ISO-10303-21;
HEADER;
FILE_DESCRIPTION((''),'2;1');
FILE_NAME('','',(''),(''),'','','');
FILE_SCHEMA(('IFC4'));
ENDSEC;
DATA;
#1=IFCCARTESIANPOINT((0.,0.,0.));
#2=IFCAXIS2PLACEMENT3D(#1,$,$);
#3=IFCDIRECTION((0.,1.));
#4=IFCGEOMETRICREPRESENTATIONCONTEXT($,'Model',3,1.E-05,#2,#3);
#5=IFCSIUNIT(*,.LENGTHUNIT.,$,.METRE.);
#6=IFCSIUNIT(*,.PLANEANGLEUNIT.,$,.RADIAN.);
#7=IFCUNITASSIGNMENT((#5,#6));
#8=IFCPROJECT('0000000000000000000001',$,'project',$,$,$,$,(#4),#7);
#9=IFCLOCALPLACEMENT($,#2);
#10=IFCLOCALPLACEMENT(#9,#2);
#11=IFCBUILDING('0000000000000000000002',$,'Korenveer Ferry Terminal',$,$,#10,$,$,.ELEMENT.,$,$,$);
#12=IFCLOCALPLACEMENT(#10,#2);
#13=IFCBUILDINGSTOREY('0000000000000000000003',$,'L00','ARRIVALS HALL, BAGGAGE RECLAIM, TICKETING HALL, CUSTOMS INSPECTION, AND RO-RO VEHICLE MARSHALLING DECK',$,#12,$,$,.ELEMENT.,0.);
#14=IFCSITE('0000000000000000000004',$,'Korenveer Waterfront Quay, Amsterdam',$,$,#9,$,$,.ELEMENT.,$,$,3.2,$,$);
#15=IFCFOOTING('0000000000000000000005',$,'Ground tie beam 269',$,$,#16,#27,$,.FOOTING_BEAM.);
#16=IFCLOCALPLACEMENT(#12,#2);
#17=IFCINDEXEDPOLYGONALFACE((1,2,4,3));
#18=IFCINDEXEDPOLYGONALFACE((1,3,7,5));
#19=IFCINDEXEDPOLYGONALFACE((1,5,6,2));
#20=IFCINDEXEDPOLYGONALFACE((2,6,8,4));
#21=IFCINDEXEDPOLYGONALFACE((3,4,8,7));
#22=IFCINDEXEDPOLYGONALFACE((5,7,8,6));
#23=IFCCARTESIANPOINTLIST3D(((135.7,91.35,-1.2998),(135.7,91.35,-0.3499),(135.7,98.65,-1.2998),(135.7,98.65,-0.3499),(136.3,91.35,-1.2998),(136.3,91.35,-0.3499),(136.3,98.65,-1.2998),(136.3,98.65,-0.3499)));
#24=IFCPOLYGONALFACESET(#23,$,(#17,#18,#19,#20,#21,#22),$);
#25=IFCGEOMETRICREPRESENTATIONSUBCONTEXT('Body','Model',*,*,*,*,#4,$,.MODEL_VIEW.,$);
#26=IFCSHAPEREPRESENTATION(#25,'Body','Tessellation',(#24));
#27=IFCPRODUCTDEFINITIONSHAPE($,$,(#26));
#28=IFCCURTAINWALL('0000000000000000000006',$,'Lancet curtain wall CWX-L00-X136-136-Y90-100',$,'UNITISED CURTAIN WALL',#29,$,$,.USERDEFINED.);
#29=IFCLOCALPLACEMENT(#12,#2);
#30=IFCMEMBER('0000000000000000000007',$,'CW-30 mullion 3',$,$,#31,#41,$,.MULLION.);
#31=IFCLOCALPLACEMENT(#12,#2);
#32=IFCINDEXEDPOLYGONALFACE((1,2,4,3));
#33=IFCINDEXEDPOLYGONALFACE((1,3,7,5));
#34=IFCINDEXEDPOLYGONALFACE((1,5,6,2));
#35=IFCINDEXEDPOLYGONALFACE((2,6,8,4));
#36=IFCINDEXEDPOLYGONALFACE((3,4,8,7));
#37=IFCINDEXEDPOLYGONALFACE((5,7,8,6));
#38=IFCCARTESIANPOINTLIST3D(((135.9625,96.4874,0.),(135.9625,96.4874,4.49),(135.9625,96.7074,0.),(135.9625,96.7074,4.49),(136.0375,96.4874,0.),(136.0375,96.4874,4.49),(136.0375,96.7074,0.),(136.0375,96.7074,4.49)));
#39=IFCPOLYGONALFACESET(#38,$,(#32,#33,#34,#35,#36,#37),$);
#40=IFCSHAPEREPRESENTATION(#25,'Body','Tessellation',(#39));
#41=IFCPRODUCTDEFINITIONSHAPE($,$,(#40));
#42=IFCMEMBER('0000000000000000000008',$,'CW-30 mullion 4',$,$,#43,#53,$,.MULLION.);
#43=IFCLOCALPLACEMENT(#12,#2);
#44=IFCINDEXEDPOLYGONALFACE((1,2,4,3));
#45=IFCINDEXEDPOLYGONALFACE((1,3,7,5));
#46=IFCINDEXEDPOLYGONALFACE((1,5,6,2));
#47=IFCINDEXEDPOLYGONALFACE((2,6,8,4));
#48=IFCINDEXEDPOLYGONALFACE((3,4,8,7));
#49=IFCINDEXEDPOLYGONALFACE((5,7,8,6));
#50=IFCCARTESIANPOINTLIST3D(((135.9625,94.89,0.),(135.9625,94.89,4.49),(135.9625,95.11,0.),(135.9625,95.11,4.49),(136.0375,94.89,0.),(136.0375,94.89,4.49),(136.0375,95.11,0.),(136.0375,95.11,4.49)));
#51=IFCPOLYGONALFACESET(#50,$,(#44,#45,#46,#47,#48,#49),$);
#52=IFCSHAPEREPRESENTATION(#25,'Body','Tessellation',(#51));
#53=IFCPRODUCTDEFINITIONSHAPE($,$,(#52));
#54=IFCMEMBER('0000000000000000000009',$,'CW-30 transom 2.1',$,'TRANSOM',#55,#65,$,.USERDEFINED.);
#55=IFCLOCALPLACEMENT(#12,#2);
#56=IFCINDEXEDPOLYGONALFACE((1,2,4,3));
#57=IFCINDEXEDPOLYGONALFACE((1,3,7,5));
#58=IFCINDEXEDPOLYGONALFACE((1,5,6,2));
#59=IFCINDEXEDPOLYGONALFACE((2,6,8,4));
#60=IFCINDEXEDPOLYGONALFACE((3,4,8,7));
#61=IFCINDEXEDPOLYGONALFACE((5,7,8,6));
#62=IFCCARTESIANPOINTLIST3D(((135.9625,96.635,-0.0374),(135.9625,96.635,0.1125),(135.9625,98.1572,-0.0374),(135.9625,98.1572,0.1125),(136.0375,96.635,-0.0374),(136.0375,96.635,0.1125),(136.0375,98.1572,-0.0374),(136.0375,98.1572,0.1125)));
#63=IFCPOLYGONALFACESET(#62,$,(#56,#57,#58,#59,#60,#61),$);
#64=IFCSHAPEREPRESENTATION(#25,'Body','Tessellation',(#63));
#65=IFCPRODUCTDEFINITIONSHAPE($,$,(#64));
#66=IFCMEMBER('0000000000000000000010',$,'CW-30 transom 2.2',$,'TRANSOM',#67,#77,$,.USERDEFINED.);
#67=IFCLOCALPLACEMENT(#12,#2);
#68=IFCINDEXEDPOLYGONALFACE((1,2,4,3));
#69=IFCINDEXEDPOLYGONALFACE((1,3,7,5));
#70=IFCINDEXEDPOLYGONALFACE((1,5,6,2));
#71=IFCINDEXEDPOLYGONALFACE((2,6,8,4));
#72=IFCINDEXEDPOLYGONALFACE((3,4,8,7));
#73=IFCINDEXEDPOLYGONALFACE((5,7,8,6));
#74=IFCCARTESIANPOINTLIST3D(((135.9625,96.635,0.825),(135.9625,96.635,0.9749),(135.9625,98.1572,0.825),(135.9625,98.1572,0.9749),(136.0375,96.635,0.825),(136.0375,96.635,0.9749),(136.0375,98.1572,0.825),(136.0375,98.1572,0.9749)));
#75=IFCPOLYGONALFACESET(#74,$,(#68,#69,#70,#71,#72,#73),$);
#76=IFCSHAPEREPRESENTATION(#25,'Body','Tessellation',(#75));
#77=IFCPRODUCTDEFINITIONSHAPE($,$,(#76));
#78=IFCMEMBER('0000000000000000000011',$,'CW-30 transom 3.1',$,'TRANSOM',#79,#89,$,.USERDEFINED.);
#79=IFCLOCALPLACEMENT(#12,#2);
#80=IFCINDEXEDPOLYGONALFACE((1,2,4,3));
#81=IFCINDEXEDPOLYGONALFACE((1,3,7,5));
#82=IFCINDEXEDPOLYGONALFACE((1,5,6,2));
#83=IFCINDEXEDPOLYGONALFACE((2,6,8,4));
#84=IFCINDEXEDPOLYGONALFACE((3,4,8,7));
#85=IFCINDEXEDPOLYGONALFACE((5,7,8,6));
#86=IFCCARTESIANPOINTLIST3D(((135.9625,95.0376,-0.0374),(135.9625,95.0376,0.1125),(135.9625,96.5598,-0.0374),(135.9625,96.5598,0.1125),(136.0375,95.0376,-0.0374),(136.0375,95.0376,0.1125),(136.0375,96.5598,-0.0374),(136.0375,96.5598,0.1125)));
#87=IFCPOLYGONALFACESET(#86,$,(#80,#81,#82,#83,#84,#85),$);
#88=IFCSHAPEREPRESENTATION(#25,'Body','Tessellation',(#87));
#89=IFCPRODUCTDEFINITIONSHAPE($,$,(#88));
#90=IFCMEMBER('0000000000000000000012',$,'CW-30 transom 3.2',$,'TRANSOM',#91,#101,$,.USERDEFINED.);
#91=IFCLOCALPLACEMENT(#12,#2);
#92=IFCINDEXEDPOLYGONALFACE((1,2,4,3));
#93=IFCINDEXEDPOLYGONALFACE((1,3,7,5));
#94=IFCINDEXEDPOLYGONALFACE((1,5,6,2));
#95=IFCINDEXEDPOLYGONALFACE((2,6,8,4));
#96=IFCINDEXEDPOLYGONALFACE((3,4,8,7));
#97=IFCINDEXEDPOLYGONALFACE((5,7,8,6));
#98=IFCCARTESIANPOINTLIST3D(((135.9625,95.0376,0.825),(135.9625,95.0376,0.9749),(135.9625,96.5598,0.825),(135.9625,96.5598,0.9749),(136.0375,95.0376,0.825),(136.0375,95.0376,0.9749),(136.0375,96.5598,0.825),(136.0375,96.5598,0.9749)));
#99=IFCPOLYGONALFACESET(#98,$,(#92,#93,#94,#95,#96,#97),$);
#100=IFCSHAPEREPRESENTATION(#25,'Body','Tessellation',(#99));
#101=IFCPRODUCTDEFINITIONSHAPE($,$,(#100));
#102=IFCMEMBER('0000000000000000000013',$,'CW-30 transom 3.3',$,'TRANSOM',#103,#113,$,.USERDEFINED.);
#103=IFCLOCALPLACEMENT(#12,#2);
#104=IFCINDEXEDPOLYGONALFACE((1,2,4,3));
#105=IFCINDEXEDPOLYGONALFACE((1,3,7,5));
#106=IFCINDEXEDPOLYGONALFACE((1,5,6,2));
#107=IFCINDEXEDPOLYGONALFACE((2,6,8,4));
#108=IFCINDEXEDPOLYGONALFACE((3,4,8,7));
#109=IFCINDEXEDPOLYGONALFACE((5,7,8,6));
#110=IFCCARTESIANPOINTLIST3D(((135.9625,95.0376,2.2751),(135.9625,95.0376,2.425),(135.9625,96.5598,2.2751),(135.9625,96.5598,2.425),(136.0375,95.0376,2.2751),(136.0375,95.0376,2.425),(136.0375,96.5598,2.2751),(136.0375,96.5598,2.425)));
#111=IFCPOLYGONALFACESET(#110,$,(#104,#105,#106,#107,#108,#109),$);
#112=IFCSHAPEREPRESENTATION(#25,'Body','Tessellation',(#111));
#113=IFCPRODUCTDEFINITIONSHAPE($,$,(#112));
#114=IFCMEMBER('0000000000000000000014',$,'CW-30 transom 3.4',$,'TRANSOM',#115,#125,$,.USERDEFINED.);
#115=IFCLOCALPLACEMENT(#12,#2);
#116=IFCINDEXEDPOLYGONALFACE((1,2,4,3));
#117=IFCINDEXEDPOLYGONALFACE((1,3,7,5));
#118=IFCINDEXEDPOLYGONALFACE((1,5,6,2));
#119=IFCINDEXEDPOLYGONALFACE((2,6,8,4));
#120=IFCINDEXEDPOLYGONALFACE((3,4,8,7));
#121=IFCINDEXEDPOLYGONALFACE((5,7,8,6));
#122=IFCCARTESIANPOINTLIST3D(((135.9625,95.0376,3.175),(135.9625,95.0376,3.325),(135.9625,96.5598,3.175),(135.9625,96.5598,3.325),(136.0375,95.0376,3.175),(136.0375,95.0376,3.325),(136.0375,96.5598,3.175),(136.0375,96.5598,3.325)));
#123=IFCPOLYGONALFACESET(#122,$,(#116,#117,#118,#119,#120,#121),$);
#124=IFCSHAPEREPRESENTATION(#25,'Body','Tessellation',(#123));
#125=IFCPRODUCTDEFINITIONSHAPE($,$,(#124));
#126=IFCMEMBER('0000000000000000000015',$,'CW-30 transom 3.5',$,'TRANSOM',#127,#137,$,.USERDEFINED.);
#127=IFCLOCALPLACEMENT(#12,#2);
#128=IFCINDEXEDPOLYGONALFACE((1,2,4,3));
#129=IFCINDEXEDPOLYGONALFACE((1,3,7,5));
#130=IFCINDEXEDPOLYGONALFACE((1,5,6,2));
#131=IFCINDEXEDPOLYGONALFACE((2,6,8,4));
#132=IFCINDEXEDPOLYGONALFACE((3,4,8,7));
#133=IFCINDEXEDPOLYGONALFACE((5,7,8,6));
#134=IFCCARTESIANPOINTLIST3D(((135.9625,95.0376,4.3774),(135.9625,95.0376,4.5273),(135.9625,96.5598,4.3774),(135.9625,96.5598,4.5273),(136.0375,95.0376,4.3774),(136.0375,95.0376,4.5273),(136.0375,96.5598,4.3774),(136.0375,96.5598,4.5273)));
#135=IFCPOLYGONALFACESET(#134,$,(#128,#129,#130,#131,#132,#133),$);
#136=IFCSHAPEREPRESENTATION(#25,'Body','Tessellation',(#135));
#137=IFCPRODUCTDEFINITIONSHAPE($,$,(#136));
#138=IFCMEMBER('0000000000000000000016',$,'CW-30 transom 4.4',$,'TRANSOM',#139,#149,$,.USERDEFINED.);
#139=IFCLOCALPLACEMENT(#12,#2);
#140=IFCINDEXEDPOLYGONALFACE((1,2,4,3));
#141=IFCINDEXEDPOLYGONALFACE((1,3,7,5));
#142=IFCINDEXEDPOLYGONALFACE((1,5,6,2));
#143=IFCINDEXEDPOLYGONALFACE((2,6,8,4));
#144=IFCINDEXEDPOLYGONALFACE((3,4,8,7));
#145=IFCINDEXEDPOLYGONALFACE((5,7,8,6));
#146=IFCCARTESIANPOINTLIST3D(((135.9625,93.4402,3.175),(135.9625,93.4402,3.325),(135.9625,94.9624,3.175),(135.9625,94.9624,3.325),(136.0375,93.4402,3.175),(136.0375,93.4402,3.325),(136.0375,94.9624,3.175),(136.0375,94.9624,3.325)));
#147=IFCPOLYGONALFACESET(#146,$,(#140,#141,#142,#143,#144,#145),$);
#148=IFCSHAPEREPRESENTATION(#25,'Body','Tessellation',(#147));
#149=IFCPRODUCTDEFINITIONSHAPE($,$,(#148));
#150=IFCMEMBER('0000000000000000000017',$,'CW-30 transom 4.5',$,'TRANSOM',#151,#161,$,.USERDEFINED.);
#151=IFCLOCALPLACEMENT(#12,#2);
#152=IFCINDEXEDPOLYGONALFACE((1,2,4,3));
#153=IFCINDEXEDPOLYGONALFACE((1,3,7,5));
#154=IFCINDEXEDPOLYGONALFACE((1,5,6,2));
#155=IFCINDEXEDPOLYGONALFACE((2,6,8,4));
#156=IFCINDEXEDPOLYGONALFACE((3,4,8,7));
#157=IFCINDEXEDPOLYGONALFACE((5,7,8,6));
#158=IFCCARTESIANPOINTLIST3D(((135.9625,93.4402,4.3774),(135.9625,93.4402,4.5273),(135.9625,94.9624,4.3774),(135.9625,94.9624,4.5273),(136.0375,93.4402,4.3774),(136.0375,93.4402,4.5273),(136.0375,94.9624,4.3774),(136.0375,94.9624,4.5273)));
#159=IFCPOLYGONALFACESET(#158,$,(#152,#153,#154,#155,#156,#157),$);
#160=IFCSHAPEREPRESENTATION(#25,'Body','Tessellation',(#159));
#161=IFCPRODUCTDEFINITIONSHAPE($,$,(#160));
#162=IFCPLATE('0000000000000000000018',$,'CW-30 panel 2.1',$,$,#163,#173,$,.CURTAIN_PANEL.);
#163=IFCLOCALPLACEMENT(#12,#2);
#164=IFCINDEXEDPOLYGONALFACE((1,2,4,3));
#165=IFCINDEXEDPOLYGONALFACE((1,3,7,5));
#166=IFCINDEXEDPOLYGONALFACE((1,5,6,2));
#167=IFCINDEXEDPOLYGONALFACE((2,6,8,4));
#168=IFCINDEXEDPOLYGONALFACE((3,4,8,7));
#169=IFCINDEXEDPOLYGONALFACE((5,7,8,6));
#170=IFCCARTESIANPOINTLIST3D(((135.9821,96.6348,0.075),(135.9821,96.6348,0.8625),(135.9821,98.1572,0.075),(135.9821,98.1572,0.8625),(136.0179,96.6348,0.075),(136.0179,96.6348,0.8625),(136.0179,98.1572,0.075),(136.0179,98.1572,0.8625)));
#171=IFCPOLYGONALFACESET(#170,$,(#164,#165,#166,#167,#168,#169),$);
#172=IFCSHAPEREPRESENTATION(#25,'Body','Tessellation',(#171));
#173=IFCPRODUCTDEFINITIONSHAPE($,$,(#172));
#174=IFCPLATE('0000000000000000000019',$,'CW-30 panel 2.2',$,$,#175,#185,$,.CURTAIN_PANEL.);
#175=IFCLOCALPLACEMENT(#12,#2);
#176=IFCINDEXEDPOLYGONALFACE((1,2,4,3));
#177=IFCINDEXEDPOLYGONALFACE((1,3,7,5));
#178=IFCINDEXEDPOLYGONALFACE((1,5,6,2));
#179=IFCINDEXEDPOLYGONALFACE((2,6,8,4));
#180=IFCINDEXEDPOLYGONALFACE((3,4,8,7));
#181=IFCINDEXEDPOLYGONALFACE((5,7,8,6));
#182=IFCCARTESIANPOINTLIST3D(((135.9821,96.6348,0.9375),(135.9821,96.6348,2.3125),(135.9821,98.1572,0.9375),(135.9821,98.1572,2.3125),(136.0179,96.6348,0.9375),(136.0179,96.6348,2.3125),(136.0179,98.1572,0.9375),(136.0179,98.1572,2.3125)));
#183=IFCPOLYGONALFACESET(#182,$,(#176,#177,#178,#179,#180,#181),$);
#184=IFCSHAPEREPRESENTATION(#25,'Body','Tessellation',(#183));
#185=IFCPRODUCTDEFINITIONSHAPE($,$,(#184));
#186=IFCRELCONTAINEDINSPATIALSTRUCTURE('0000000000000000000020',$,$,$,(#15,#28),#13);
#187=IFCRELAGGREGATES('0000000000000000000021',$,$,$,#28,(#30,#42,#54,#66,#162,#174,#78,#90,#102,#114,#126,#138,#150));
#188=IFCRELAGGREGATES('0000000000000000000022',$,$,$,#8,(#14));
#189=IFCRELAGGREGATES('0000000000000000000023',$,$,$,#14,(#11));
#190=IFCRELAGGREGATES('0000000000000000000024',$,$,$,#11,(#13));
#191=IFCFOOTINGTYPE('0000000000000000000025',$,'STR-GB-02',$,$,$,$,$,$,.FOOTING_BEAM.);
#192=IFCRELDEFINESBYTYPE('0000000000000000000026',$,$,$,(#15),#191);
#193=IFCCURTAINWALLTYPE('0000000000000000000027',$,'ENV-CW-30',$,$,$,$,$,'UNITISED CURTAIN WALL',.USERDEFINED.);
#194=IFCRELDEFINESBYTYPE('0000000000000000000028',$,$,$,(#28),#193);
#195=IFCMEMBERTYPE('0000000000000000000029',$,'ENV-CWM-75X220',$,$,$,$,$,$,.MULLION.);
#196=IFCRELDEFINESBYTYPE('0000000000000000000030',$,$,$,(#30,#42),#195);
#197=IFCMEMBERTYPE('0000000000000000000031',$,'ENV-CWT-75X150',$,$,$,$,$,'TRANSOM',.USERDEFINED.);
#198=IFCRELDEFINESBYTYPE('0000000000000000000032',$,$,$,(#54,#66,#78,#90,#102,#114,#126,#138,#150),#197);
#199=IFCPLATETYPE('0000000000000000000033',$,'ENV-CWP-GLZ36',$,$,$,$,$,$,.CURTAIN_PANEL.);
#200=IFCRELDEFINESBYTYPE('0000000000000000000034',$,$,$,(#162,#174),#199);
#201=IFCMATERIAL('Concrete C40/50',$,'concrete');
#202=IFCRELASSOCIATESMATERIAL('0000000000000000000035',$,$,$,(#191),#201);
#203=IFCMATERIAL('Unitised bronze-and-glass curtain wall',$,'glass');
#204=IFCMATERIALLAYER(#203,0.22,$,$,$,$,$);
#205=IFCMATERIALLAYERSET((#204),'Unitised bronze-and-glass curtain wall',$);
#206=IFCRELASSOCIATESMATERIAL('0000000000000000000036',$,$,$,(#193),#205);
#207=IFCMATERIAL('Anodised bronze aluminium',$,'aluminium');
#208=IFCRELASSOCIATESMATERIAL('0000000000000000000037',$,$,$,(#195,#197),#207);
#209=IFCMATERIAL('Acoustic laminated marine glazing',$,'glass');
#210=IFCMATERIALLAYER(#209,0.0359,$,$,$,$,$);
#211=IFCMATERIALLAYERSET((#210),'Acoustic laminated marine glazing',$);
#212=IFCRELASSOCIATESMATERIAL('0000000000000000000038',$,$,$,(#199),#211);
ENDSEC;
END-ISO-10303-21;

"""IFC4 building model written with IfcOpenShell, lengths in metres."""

from ifc_helpers import new_model, si_unit, direction, frame, origin, origin_2d, place, context, subcontext, project, spatial, rectangle, extrude, material, layer, layer_set, material_profile, profile_set, type_object, element, aggregate, save


model = new_model("IFC4")

# Units and contexts
model_context = context("Model", 3, precision=1e-05, world=origin(), true_north=direction((0.0, 1.0)))
body_context = subcontext(model_context, "Body", "Model", "MODEL_VIEW")
ifc_project = project(units=[si_unit("LENGTHUNIT", "METRE"), si_unit("PLANEANGLEUNIT", "RADIAN")], contexts=[model_context])

# Site, building, storey
site_placement = place(None, origin())
site = spatial("IfcSite", under=ifc_project, at=site_placement, Name="Korenveer Waterfront Quay, Amsterdam", CompositionType="ELEMENT", RefElevation=3.2)
building_placement = place(site_placement, origin())
building = spatial("IfcBuilding", under=site, at=building_placement, Name="Korenveer Ferry Terminal", CompositionType="ELEMENT")
storey_placement = place(building_placement, origin())
storey = spatial("IfcBuildingStorey", under=building, at=storey_placement, Name="L00", Description="ARRIVALS HALL, BAGGAGE RECLAIM, TICKETING HALL, CUSTOMS INSPECTION, AND RO-RO VEHICLE MARSHALLING DECK", CompositionType="ELEMENT", Elevation=0.0)

# Footing
ifc_material_1 = material(Name="Concrete C40/50", Category="concrete")
footing_type = type_object("IfcFootingType", Name="STR-GB-02", PredefinedType="FOOTING_BEAM", material=ifc_material_1)
footing_placement = place(storey_placement, frame((136.0, 95.0, -1.2998), z_axis=(0.0, 0.0, 1.0), x_axis=(1.0, 0.0, 0.0)))
element("IfcFooting", 1, at=footing_placement, inside=storey, type_object=footing_type, Name="Ground tie beam 269", PredefinedType="FOOTING_BEAM", context=body_context, shape_type="SweptSolid", body=[
    extrude(rectangle(XDim=0.6001, YDim=7.3, at=origin_2d()), origin(), (0.0, 0.0, 1.0), 0.95),
])

# Curtain wall, members, plates
ifc_material_2 = material(Name="Unitised bronze-and-glass curtain wall", Category="glass")
ifc_layer_1 = layer(ifc_material_2, 0.22)
ifc_layer_set_1 = layer_set([ifc_layer_1], Name="Unitised bronze-and-glass curtain wall")
curtain_wall_type = type_object("IfcCurtainWallType", Name="ENV-CW-30", ElementType="UNITISED CURTAIN WALL", PredefinedType="USERDEFINED", material=ifc_layer_set_1)
curtain_wall_placement = place(storey_placement, frame((136.0, 99.7922, 0.0)))
curtain_wall = element("IfcCurtainWall", 2, at=curtain_wall_placement, inside=storey, type_object=curtain_wall_type, Name="Lancet curtain wall CWX-L00-X136-136-Y90-100", ObjectType="UNITISED CURTAIN WALL", PredefinedType="USERDEFINED")
ifc_material_3 = material(Name="Anodised bronze aluminium", Category="aluminium")
ifc_material_profile_1 = material_profile(ifc_material_3, rectangle(XDim=0.075, YDim=0.22, at=origin_2d()), Name="ALU 75x220")
ifc_profile_set_1 = profile_set([ifc_material_profile_1], Name="Anodised bronze aluminium")
member_type_1 = type_object("IfcMemberType", Name="ENV-CWM-75X220", PredefinedType="MULLION", material=ifc_profile_set_1)
member_1_placement = place(storey_placement, frame((136.0, 96.5974, 0.0), z_axis=(0.0, 0.0, 1.0), x_axis=(1.0, 0.0, 0.0)))
member_1 = element("IfcMember", 3, at=member_1_placement, type_object=member_type_1, Name="CW-30 mullion 3", PredefinedType="MULLION", context=body_context, shape_type="SweptSolid", body=[
    extrude(rectangle(XDim=0.075, YDim=0.22, at=origin_2d()), origin(), (0.0, 0.0, 1.0), 4.49),
])
member_2_placement = place(storey_placement, frame((136.0, 95.0, 0.0), z_axis=(0.0, 0.0, 1.0), x_axis=(1.0, 0.0, 0.0)))
member_2 = element("IfcMember", 4, at=member_2_placement, type_object=member_type_1, Name="CW-30 mullion 4", PredefinedType="MULLION", context=body_context, shape_type="SweptSolid", body=[
    extrude(rectangle(XDim=0.075, YDim=0.22, at=origin_2d()), origin(), (0.0, 0.0, 1.0), 4.49),
])
ifc_material_profile_2 = material_profile(ifc_material_3, rectangle(XDim=0.075, YDim=0.1499, at=origin_2d()), Name="ALU 75x150")
ifc_profile_set_2 = profile_set([ifc_material_profile_2], Name="Anodised bronze aluminium")
member_type_2 = type_object("IfcMemberType", Name="ENV-CWT-75X150", ElementType="TRANSOM", PredefinedType="USERDEFINED", material=ifc_profile_set_2)
member_3_placement = place(storey_placement, frame((136.0, 98.1572, 0.0376), z_axis=(0.0, -1.0, 0.0), x_axis=(1.0, 0.0, 0.0)))
member_3 = element("IfcMember", 5, at=member_3_placement, type_object=member_type_2, Name="CW-30 transom 2.1", ObjectType="TRANSOM", PredefinedType="USERDEFINED", context=body_context, shape_type="SweptSolid", body=[
    extrude(rectangle(XDim=0.075, YDim=0.1499, at=origin_2d()), origin(), (0.0, 0.0, 1.0), 1.5222),
])
member_4_placement = place(storey_placement, frame((136.0, 98.1572, 0.8999), z_axis=(0.0, -1.0, 0.0), x_axis=(1.0, 0.0, 0.0)))
member_4 = element("IfcMember", 6, at=member_4_placement, type_object=member_type_2, Name="CW-30 transom 2.2", ObjectType="TRANSOM", PredefinedType="USERDEFINED", context=body_context, shape_type="SweptSolid", body=[
    extrude(rectangle(XDim=0.075, YDim=0.1499, at=origin_2d()), origin(), (0.0, 0.0, 1.0), 1.5222),
])
member_5_placement = place(storey_placement, frame((136.0, 96.5598, 0.0376), z_axis=(0.0, -1.0, 0.0), x_axis=(1.0, 0.0, 0.0)))
member_5 = element("IfcMember", 7, at=member_5_placement, type_object=member_type_2, Name="CW-30 transom 3.1", ObjectType="TRANSOM", PredefinedType="USERDEFINED", context=body_context, shape_type="SweptSolid", body=[
    extrude(rectangle(XDim=0.075, YDim=0.1499, at=origin_2d()), origin(), (0.0, 0.0, 1.0), 1.5222),
])
member_6_placement = place(storey_placement, frame((136.0, 96.5598, 0.8999), z_axis=(0.0, -1.0, 0.0), x_axis=(1.0, 0.0, 0.0)))
member_6 = element("IfcMember", 8, at=member_6_placement, type_object=member_type_2, Name="CW-30 transom 3.2", ObjectType="TRANSOM", PredefinedType="USERDEFINED", context=body_context, shape_type="SweptSolid", body=[
    extrude(rectangle(XDim=0.075, YDim=0.1499, at=origin_2d()), origin(), (0.0, 0.0, 1.0), 1.5222),
])
member_7_placement = place(storey_placement, frame((136.0, 96.5598, 2.3501), z_axis=(0.0, -1.0, 0.0), x_axis=(1.0, 0.0, 0.0)))
member_7 = element("IfcMember", 9, at=member_7_placement, type_object=member_type_2, Name="CW-30 transom 3.3", ObjectType="TRANSOM", PredefinedType="USERDEFINED", context=body_context, shape_type="SweptSolid", body=[
    extrude(rectangle(XDim=0.075, YDim=0.1499, at=origin_2d()), origin(), (0.0, 0.0, 1.0), 1.5222),
])
member_8_placement = place(storey_placement, frame((136.0, 96.5598, 3.25), z_axis=(0.0, -1.0, 0.0), x_axis=(1.0, 0.0, 0.0)))
member_8 = element("IfcMember", 10, at=member_8_placement, type_object=member_type_2, Name="CW-30 transom 3.4", ObjectType="TRANSOM", PredefinedType="USERDEFINED", context=body_context, shape_type="SweptSolid", body=[
    extrude(rectangle(XDim=0.075, YDim=0.1499, at=origin_2d()), origin(), (0.0, 0.0, 1.0), 1.5222),
])
member_9_placement = place(storey_placement, frame((136.0, 96.5598, 4.4524), z_axis=(0.0, -1.0, 0.0), x_axis=(1.0, 0.0, 0.0)))
member_9 = element("IfcMember", 11, at=member_9_placement, type_object=member_type_2, Name="CW-30 transom 3.5", ObjectType="TRANSOM", PredefinedType="USERDEFINED", context=body_context, shape_type="SweptSolid", body=[
    extrude(rectangle(XDim=0.075, YDim=0.1499, at=origin_2d()), origin(), (0.0, 0.0, 1.0), 1.5222),
])
member_10_placement = place(storey_placement, frame((136.0, 94.9624, 3.25), z_axis=(0.0, -1.0, 0.0), x_axis=(1.0, 0.0, 0.0)))
member_10 = element("IfcMember", 12, at=member_10_placement, type_object=member_type_2, Name="CW-30 transom 4.4", ObjectType="TRANSOM", PredefinedType="USERDEFINED", context=body_context, shape_type="SweptSolid", body=[
    extrude(rectangle(XDim=0.075, YDim=0.1499, at=origin_2d()), origin(), (0.0, 0.0, 1.0), 1.5222),
])
member_11_placement = place(storey_placement, frame((136.0, 94.9624, 4.4524), z_axis=(0.0, -1.0, 0.0), x_axis=(1.0, 0.0, 0.0)))
member_11 = element("IfcMember", 13, at=member_11_placement, type_object=member_type_2, Name="CW-30 transom 4.5", ObjectType="TRANSOM", PredefinedType="USERDEFINED", context=body_context, shape_type="SweptSolid", body=[
    extrude(rectangle(XDim=0.075, YDim=0.1499, at=origin_2d()), origin(), (0.0, 0.0, 1.0), 1.5222),
])
ifc_material_4 = material(Name="Acoustic laminated marine glazing", Category="glass")
ifc_layer_2 = layer(ifc_material_4, 0.0359)
ifc_layer_set_2 = layer_set([ifc_layer_2], Name="Acoustic laminated marine glazing")
plate_type = type_object("IfcPlateType", Name="ENV-CWP-GLZ36", PredefinedType="CURTAIN_PANEL", material=ifc_layer_set_2)
plate_1_placement = place(storey_placement, frame((136.0, 97.396, 0.075), z_axis=(0.0, 0.0, 1.0), x_axis=(0.0, -1.0, 0.0)))
plate_1 = element("IfcPlate", 14, at=plate_1_placement, type_object=plate_type, Name="CW-30 panel 2.1", PredefinedType="CURTAIN_PANEL", context=body_context, shape_type="SweptSolid", body=[
    extrude(rectangle(XDim=1.5225, YDim=0.0359, at=origin_2d()), origin(), (0.0, 0.0, 1.0), 0.7876),
])
plate_2_placement = place(storey_placement, frame((136.0, 97.396, 0.9375), z_axis=(0.0, 0.0, 1.0), x_axis=(0.0, -1.0, 0.0)))
plate_2 = element("IfcPlate", 15, at=plate_2_placement, type_object=plate_type, Name="CW-30 panel 2.2", PredefinedType="CURTAIN_PANEL", context=body_context, shape_type="SweptSolid", body=[
    extrude(rectangle(XDim=1.5225, YDim=0.0359, at=origin_2d()), origin(), (0.0, 0.0, 1.0), 1.375),
])
aggregate(curtain_wall, [member_1, member_2, member_3, member_4, plate_1, plate_2, member_5, member_6, member_7, member_8, member_9, member_10, member_11])

save(model, "model.ifc")
